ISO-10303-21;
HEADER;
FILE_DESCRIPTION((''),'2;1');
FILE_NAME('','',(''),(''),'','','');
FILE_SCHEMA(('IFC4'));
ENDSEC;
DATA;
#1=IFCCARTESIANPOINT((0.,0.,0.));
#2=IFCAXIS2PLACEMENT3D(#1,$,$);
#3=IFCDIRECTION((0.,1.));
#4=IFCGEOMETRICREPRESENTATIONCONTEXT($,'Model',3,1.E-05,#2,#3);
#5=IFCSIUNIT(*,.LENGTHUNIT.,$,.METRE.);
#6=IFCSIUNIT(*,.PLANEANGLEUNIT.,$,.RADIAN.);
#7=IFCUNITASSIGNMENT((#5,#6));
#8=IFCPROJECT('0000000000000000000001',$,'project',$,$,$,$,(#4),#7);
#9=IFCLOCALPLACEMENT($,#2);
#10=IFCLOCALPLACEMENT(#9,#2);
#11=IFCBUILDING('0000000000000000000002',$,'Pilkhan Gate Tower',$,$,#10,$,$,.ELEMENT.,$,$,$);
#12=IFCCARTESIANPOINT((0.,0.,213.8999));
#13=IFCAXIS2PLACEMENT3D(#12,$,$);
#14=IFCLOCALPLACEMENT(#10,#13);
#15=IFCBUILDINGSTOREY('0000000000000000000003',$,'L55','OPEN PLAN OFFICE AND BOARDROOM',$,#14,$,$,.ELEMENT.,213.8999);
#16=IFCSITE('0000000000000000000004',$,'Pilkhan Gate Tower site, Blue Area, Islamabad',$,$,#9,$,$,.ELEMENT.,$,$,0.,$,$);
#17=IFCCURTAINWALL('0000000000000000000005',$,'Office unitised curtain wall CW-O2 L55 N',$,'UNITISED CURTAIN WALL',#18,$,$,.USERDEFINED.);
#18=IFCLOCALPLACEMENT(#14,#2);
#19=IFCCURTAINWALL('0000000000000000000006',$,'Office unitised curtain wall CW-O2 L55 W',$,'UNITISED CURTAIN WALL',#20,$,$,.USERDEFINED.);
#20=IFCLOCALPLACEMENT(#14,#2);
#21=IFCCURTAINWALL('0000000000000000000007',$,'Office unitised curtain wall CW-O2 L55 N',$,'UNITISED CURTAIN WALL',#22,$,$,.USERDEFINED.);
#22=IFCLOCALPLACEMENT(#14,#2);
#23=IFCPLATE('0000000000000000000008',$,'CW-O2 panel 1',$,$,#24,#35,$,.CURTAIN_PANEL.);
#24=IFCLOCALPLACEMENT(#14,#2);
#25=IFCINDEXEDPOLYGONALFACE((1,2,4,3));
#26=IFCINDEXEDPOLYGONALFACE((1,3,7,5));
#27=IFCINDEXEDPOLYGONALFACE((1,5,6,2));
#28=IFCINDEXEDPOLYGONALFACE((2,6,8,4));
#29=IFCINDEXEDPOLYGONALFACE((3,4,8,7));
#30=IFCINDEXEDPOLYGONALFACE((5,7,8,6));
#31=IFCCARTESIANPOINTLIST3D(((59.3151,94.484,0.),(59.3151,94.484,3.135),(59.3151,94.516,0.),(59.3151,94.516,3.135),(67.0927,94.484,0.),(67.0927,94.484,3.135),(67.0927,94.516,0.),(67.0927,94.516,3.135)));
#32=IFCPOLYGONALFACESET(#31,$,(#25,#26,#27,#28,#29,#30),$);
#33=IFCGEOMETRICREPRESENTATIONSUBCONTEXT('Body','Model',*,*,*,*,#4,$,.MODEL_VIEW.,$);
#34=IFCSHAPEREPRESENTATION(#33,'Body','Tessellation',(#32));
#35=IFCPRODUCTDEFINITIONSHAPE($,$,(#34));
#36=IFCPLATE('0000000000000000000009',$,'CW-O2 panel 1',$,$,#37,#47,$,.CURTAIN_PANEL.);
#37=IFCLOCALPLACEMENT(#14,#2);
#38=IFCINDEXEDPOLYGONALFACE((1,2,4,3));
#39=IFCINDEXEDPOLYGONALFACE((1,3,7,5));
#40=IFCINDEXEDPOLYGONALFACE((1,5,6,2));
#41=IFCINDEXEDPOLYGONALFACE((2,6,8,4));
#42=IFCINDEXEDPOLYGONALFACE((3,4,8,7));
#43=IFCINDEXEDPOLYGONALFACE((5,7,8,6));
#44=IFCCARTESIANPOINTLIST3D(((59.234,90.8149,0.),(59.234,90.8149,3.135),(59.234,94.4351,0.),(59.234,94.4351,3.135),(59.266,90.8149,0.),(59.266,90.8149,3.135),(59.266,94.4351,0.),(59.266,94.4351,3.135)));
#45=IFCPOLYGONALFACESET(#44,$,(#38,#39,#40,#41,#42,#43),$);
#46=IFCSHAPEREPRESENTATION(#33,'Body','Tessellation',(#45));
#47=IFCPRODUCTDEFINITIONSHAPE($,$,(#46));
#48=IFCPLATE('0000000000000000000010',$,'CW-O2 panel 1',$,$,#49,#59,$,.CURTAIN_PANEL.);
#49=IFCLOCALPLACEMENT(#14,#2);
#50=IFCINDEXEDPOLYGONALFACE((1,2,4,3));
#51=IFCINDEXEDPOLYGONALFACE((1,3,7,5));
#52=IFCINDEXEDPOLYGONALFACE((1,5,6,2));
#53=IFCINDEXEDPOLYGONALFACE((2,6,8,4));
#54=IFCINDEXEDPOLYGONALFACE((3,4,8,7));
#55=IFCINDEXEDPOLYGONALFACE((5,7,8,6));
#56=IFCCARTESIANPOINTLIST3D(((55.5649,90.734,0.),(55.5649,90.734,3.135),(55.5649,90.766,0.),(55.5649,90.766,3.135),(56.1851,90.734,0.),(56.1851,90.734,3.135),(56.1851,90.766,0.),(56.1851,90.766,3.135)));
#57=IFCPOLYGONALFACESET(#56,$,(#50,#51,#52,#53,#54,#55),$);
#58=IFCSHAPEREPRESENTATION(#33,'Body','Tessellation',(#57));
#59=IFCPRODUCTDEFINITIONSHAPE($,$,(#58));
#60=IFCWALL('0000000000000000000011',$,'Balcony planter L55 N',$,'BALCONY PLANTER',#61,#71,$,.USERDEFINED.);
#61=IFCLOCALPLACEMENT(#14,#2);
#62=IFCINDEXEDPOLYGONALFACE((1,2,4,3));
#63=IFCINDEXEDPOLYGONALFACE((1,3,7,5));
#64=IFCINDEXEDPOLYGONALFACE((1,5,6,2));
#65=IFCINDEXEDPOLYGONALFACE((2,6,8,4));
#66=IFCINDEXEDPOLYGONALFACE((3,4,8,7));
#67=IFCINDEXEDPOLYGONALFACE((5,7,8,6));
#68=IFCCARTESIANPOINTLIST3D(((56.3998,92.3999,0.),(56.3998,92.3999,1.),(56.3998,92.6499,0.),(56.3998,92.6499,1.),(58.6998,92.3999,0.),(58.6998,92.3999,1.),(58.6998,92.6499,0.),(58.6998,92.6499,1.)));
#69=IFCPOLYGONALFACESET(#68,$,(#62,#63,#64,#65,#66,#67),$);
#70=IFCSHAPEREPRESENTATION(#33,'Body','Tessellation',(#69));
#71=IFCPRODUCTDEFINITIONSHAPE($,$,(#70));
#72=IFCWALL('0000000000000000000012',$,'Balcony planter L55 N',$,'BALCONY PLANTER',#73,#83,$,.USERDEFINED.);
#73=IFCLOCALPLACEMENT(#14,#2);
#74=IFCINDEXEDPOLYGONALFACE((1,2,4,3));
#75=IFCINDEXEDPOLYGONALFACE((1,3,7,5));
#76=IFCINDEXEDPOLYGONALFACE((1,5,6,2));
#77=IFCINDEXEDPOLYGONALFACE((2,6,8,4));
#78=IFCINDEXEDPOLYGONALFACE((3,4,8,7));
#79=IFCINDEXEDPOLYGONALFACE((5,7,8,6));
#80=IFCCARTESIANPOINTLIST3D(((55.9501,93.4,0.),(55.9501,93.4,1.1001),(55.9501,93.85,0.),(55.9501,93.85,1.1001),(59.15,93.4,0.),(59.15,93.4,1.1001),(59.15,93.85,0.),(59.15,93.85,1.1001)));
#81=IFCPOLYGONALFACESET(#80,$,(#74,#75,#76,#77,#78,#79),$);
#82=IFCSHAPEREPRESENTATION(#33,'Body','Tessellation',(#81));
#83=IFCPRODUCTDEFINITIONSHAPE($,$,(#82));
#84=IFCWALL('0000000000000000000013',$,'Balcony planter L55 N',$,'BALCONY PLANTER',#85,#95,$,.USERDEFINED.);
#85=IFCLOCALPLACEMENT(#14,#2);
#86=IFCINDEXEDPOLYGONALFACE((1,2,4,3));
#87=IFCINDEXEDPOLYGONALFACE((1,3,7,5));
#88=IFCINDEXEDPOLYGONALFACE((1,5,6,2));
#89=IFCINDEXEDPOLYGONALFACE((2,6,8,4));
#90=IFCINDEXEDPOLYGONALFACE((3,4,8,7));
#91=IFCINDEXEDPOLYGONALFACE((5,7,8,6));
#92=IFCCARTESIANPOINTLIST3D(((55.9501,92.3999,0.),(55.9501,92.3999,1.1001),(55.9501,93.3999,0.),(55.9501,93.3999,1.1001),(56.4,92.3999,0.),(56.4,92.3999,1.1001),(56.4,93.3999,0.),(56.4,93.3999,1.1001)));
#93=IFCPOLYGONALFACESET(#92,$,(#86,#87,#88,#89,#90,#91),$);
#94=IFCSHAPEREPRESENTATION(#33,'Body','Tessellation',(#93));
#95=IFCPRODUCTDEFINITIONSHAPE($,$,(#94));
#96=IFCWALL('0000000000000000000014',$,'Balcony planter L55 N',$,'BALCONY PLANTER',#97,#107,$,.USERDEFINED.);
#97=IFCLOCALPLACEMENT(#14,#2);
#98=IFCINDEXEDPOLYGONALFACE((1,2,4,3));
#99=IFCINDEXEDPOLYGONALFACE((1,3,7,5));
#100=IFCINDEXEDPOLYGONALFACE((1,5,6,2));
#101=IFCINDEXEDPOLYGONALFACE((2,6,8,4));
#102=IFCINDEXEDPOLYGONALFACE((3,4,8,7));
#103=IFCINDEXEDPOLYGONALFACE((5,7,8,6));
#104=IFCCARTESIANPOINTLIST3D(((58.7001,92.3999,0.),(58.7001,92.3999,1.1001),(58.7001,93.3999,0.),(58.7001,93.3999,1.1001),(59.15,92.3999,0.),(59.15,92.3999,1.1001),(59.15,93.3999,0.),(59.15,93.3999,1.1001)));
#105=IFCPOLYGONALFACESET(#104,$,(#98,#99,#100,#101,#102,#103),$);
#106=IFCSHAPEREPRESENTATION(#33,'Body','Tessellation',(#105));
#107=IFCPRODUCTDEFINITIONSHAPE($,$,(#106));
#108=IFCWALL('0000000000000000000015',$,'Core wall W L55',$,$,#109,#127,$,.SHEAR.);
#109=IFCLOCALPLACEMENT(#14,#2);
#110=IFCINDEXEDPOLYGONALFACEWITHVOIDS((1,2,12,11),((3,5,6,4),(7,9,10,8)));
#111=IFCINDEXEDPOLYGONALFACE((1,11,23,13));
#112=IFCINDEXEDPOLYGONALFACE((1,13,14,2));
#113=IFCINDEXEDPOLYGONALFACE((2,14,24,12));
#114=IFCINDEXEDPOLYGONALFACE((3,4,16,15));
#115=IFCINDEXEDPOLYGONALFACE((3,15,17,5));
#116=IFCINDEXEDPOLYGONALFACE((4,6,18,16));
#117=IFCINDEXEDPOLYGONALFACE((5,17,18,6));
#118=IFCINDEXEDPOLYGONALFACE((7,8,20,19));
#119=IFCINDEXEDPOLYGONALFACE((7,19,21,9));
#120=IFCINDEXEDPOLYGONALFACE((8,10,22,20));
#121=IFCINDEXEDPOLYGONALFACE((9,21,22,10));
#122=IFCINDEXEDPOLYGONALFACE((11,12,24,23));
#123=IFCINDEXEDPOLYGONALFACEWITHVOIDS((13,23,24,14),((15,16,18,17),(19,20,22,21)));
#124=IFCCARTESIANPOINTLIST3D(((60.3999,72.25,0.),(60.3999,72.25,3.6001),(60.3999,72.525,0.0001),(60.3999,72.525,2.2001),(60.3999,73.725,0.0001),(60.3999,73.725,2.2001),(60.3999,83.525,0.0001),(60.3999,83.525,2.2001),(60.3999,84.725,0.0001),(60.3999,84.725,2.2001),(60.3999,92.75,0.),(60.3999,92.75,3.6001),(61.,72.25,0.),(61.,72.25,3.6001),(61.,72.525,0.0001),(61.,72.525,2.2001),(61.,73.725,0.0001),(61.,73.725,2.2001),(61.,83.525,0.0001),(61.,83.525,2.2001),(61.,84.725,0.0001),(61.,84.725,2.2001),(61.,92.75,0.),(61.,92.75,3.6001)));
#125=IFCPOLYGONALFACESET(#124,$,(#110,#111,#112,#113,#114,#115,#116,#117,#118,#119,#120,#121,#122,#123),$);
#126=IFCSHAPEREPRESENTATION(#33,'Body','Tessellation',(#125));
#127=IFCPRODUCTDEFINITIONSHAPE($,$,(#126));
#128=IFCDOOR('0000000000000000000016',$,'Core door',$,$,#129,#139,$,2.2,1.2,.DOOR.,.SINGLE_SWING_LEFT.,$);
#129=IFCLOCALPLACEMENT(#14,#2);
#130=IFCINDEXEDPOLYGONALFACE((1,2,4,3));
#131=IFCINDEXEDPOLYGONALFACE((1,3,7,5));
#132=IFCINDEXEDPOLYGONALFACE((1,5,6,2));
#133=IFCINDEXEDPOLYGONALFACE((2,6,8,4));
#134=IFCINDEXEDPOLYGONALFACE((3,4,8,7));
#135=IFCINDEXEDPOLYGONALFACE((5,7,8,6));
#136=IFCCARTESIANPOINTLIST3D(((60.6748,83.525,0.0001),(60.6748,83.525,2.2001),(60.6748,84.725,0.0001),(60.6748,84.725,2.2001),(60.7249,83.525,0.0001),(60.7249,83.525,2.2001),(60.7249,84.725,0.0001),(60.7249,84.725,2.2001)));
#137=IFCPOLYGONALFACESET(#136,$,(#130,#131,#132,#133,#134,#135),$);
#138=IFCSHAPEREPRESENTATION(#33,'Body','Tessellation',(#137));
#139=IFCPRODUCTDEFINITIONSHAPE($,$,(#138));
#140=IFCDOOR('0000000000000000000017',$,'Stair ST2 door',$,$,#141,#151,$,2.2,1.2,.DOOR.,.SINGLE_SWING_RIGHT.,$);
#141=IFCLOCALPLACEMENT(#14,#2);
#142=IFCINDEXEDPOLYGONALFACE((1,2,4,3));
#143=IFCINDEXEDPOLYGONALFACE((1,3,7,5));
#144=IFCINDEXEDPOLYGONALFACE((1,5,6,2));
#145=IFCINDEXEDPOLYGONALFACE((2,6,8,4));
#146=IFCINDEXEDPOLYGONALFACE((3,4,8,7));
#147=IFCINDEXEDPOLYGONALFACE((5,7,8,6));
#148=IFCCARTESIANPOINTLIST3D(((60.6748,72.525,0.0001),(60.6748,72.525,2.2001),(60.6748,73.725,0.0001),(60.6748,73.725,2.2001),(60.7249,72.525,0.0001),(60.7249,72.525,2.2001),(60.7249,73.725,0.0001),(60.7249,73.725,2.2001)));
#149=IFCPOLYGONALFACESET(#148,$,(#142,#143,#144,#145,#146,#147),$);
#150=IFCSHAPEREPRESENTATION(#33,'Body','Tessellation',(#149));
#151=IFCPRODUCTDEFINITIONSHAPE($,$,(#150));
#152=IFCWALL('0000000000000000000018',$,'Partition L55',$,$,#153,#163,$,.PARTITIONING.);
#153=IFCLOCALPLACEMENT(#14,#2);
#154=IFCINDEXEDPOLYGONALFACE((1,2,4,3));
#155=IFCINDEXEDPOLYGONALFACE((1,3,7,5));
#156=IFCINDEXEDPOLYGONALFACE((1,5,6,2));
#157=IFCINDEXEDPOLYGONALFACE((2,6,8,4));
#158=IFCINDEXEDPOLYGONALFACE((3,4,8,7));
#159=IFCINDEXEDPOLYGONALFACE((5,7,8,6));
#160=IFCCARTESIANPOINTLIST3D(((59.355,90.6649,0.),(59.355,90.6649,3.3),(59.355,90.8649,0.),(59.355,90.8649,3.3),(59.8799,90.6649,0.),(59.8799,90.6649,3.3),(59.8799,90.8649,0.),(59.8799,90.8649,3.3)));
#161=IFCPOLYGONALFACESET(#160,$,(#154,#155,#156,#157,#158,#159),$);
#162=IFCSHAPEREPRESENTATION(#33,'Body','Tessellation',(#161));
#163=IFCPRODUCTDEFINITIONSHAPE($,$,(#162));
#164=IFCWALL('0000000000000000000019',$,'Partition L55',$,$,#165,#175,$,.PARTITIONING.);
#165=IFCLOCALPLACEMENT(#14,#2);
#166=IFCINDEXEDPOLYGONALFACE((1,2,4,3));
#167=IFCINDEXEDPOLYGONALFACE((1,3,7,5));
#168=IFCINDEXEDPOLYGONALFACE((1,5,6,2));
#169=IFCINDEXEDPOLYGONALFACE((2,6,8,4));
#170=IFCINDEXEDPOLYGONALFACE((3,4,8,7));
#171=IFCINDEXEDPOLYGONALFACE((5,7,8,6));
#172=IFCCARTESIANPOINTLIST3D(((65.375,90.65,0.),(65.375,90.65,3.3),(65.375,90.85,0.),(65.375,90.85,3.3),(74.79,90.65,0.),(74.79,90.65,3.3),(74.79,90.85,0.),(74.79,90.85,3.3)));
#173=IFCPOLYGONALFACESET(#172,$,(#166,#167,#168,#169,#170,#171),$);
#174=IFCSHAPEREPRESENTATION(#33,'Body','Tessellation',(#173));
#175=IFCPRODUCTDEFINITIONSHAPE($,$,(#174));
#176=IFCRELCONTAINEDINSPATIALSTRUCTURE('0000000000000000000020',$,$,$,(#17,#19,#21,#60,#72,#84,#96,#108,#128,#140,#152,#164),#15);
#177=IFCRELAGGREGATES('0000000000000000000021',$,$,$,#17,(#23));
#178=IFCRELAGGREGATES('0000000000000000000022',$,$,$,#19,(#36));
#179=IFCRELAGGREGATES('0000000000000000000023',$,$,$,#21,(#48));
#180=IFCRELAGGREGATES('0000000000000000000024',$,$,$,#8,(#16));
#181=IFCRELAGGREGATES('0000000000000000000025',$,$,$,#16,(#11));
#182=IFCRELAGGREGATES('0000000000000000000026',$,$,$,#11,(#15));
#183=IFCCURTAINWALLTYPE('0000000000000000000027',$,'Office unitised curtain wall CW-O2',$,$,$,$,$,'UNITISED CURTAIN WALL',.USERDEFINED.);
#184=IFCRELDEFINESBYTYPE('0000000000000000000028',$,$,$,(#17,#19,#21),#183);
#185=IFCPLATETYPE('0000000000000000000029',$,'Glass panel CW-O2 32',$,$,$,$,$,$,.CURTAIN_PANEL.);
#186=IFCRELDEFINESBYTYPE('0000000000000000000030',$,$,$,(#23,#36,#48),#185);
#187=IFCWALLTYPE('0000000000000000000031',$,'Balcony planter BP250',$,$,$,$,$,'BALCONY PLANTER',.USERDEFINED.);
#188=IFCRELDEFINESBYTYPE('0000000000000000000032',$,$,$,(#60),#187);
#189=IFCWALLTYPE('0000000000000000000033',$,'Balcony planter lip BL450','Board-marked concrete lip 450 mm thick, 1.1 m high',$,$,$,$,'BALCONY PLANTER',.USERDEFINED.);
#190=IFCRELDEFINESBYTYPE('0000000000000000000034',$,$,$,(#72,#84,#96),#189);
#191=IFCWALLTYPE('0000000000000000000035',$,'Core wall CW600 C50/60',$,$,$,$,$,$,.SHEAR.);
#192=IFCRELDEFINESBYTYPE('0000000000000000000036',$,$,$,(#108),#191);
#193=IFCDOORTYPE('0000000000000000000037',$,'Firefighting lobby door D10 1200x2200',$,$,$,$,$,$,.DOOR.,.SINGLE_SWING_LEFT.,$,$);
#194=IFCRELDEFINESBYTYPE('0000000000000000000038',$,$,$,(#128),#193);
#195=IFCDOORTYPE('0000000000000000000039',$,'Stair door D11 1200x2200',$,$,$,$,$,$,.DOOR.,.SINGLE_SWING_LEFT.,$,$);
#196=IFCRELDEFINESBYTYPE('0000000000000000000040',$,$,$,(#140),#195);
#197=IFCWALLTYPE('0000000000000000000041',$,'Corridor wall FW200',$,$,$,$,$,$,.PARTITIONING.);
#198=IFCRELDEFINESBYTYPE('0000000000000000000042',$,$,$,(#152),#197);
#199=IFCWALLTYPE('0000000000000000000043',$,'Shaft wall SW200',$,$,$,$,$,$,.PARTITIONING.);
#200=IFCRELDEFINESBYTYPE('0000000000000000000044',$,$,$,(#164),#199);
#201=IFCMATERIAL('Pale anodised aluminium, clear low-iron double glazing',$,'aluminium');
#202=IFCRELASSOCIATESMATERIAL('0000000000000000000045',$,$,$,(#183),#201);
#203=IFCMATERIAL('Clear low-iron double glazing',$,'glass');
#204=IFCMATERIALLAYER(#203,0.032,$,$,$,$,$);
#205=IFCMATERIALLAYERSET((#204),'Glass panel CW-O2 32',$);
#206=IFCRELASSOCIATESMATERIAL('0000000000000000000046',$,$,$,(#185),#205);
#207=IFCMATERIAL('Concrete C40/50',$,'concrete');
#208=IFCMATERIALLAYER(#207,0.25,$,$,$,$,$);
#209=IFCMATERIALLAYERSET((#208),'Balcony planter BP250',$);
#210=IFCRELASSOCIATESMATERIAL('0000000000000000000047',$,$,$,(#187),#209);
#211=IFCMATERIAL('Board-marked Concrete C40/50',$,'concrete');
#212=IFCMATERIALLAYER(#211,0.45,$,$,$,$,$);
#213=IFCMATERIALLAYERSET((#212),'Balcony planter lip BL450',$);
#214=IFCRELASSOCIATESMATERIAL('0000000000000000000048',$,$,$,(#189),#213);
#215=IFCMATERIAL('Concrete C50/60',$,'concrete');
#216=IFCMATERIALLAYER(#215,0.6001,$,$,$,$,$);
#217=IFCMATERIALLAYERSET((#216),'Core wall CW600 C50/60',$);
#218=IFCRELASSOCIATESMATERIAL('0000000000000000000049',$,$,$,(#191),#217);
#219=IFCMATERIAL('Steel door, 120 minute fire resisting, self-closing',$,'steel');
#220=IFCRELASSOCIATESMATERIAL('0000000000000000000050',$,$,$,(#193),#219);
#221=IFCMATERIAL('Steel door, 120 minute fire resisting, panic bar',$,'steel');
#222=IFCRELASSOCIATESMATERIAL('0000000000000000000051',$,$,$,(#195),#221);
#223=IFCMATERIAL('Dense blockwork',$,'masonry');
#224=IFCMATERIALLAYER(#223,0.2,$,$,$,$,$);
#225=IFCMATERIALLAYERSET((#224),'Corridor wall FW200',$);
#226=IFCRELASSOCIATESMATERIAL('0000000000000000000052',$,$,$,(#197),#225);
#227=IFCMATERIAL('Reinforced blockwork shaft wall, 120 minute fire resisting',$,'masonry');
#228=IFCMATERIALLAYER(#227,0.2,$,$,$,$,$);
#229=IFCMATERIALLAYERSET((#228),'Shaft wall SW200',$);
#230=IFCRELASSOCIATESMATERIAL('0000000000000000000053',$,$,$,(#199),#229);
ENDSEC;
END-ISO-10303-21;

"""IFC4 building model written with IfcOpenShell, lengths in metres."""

from ifc_helpers import new_model, si_unit, direction, frame, frame_2d, origin, origin_2d, place, context, subcontext, project, spatial, rectangle, extrude, material, layer, layer_set, type_object, element, fill, aggregate, save


model = new_model("IFC4")

# Units and contexts
model_context = context("Model", 3, precision=1e-05, world=origin(), true_north=direction((0.0, 1.0)))
body_context = subcontext(model_context, "Body", "Model", "MODEL_VIEW")
ifc_project = project(units=[si_unit("LENGTHUNIT", "METRE"), si_unit("PLANEANGLEUNIT", "RADIAN")], contexts=[model_context])

# Site, building, storey
site_placement = place(None, origin())
site = spatial("IfcSite", under=ifc_project, at=site_placement, Name="Pilkhan Gate Tower site, Blue Area, Islamabad", CompositionType="ELEMENT", RefElevation=0.0)
building_placement = place(site_placement, origin())
building = spatial("IfcBuilding", under=site, at=building_placement, Name="Pilkhan Gate Tower", CompositionType="ELEMENT")
storey_placement = place(building_placement, frame((0.0, 0.0, 213.8999)))
storey = spatial("IfcBuildingStorey", under=building, at=storey_placement, Name="L55", Description="OPEN PLAN OFFICE AND BOARDROOM", CompositionType="ELEMENT", Elevation=213.8999)

# Shared definitions
ifc_material_1 = material(Name="Concrete C50/60", Category="concrete")

# Curtain walls
ifc_material_2 = material(Name="Pale anodised aluminium, clear low-iron double glazing", Category="aluminium")
curtain_wall_type = type_object("IfcCurtainWallType", Name="Office unitised curtain wall CW-O2", ElementType="UNITISED CURTAIN WALL", PredefinedType="USERDEFINED", material=ifc_material_2)
curtain_wall_1_placement = place(storey_placement, origin())
curtain_wall_1 = element("IfcCurtainWall", 1, at=curtain_wall_1_placement, inside=storey, type_object=curtain_wall_type, Name="Office unitised curtain wall CW-O2 L55 N", ObjectType="UNITISED CURTAIN WALL", PredefinedType="USERDEFINED")
curtain_wall_2_placement = place(storey_placement, origin())
curtain_wall_2 = element("IfcCurtainWall", 2, at=curtain_wall_2_placement, inside=storey, type_object=curtain_wall_type, Name="Office unitised curtain wall CW-O2 L55 W", ObjectType="UNITISED CURTAIN WALL", PredefinedType="USERDEFINED")
curtain_wall_3_placement = place(storey_placement, origin())
curtain_wall_3 = element("IfcCurtainWall", 3, at=curtain_wall_3_placement, inside=storey, type_object=curtain_wall_type, Name="Office unitised curtain wall CW-O2 L55 N", ObjectType="UNITISED CURTAIN WALL", PredefinedType="USERDEFINED")

# Plates
ifc_material_3 = material(Name="Clear low-iron double glazing", Category="glass")
ifc_layer_1 = layer(ifc_material_3, 0.032)
ifc_layer_set_1 = layer_set([ifc_layer_1], Name="Glass panel CW-O2 32")
plate_type = type_object("IfcPlateType", Name="Glass panel CW-O2 32", PredefinedType="CURTAIN_PANEL", material=ifc_layer_set_1)
plate_1_placement = place(storey_placement, frame((63.2039, 94.5, 0.0), z_axis=(0.0, 0.0, 1.0), x_axis=(1.0, 0.0, 0.0)))
plate_1 = element("IfcPlate", 4, at=plate_1_placement, type_object=plate_type, Name="CW-O2 panel 1", PredefinedType="CURTAIN_PANEL", context=body_context, shape_type="SweptSolid", body=[
    extrude(rectangle(XDim=7.7776, YDim=0.032, at=origin_2d()), origin(), (0.0, 0.0, 1.0), 3.135),
])
aggregate(curtain_wall_1, [plate_1])
plate_2_placement = place(storey_placement, frame((59.25, 92.625, 0.0), z_axis=(0.0, 0.0, 1.0), x_axis=(0.0, 1.0, 0.0)))
plate_2 = element("IfcPlate", 5, at=plate_2_placement, type_object=plate_type, Name="CW-O2 panel 1", PredefinedType="CURTAIN_PANEL", context=body_context, shape_type="SweptSolid", body=[
    extrude(rectangle(XDim=3.6201, YDim=0.032, at=origin_2d()), origin(), (0.0, 0.0, 1.0), 3.135),
])
aggregate(curtain_wall_2, [plate_2])
plate_3_placement = place(storey_placement, frame((55.875, 90.75, 0.0), z_axis=(0.0, 0.0, 1.0), x_axis=(1.0, 0.0, 0.0)))
plate_3 = element("IfcPlate", 6, at=plate_3_placement, type_object=plate_type, Name="CW-O2 panel 1", PredefinedType="CURTAIN_PANEL", context=body_context, shape_type="SweptSolid", body=[
    extrude(rectangle(XDim=0.6201, YDim=0.032, at=origin_2d()), origin(), (0.0, 0.0, 1.0), 3.135),
])
aggregate(curtain_wall_3, [plate_3])

# Walls
ifc_material_4 = material(Name="Concrete C40/50", Category="concrete")
ifc_layer_2 = layer(ifc_material_4, 0.25)
ifc_layer_set_2 = layer_set([ifc_layer_2], Name="Balcony planter BP250")
wall_type_1 = type_object("IfcWallType", Name="Balcony planter BP250", ElementType="BALCONY PLANTER", PredefinedType="USERDEFINED", material=ifc_layer_set_2)
wall_1_placement = place(storey_placement, frame((56.3999, 92.5249, 0.0), z_axis=(0.0, 0.0, 1.0), x_axis=(1.0, 0.0, 0.0)))
element("IfcWall", 7, at=wall_1_placement, inside=storey, type_object=wall_type_1, Name="Balcony planter L55 N", ObjectType="BALCONY PLANTER", PredefinedType="USERDEFINED", context=body_context, shape_type="SweptSolid", body=[
    extrude(rectangle(XDim=2.3, YDim=0.25, at=frame_2d((1.1499, 0.0))), origin(), (0.0, 0.0, 1.0), 1.0),
])
ifc_material_5 = material(Name="Board-marked Concrete C40/50", Category="concrete")
ifc_layer_3 = layer(ifc_material_5, 0.45)
ifc_layer_set_3 = layer_set([ifc_layer_3], Name="Balcony planter lip BL450")
wall_type_2 = type_object("IfcWallType", Name="Balcony planter lip BL450", Description="Board-marked concrete lip 450 mm thick, 1.1 m high", ElementType="BALCONY PLANTER", PredefinedType="USERDEFINED", material=ifc_layer_set_3)
wall_2_placement = place(storey_placement, frame((55.95, 93.625, 0.0), z_axis=(0.0, 0.0, 1.0), x_axis=(1.0, 0.0, 0.0)))
element("IfcWall", 8, at=wall_2_placement, inside=storey, type_object=wall_type_2, Name="Balcony planter L55 N", ObjectType="BALCONY PLANTER", PredefinedType="USERDEFINED", context=body_context, shape_type="SweptSolid", body=[
    extrude(rectangle(XDim=3.2, YDim=0.45, at=frame_2d((1.6001, 0.0))), origin(), (0.0, 0.0, 1.0), 1.1001),
])
for number, where, z_axis, x_axis, name in (
    (9, (56.175, 92.3999, 0.0), (0.0, 0.0, 1.0), (0.0, 1.0, 0.0), "Balcony planter L55 N"),
    (10, (58.925, 92.3999, 0.0), (0.0, 0.0, 1.0), (0.0, 1.0, 0.0), "Balcony planter L55 N"),
):
    element("IfcWall", number, at=place(storey_placement, frame(where, z_axis=z_axis, x_axis=x_axis)), inside=storey, type_object=wall_type_2, Name=name, ObjectType="BALCONY PLANTER", PredefinedType="USERDEFINED", context=body_context, shape_type="SweptSolid", body=[
        extrude(rectangle(XDim=1.0, YDim=0.45, at=frame_2d((0.5, 0.0))), origin(), (0.0, 0.0, 1.0), 1.1001),
    ])

# Wall, openings, doors
ifc_layer_4 = layer(ifc_material_1, 0.6001)
ifc_layer_set_4 = layer_set([ifc_layer_4], Name="Core wall CW600 C50/60")
wall_type_3 = type_object("IfcWallType", Name="Core wall CW600 C50/60", PredefinedType="SHEAR", material=ifc_layer_set_4)
wall_3_placement = place(storey_placement, frame((60.7, 92.75, 0.0), z_axis=(0.0, 0.0, 1.0), x_axis=(0.0, -1.0, 0.0)))
wall_3 = element("IfcWall", 11, at=wall_3_placement, inside=storey, type_object=wall_type_3, Name="Core wall W L55", PredefinedType="SHEAR", context=body_context, shape_type="SweptSolid", body=[
    extrude(rectangle(XDim=20.5, YDim=0.6001, at=frame_2d((10.25, 0.0))), origin(), (0.0, 0.0, 1.0), 3.6001),
])
opening_1_placement = place(wall_3_placement, frame((19.0249, 0.0, 0.0)))
opening_1 = element("IfcOpeningElement", 12, at=opening_1_placement, cuts=wall_3, PredefinedType="OPENING", context=body_context, shape_type="SweptSolid", body=[
    extrude(rectangle(XDim=1.2, YDim=2.2, at=frame_2d((0.6001, 1.1001))), frame((0.0, 0.3101, 0.0), z_axis=(0.0, -1.0, 0.0), x_axis=(1.0, 0.0, 0.0)), (0.0, 0.0, 1.0), 0.6201),
])
opening_2_placement = place(wall_3_placement, frame((8.0249, 0.0, 0.0)))
opening_2 = element("IfcOpeningElement", 13, at=opening_2_placement, cuts=wall_3, PredefinedType="OPENING", context=body_context, shape_type="SweptSolid", body=[
    extrude(rectangle(XDim=1.2, YDim=2.2, at=frame_2d((0.6001, 1.1001))), frame((0.0, 0.3101, 0.0), z_axis=(0.0, -1.0, 0.0), x_axis=(1.0, 0.0, 0.0)), (0.0, 0.0, 1.0), 0.6201),
])
ifc_material_6 = material(Name="Steel door, 120 minute fire resisting, self-closing", Category="steel")
door_type_1 = type_object("IfcDoorType", Name="Firefighting lobby door D10 1200x2200", OperationType="SINGLE_SWING_LEFT", PredefinedType="DOOR", material=ifc_material_6)
door_1_placement = place(opening_2_placement, origin())
door_1 = element("IfcDoor", 14, at=door_1_placement, inside=storey, type_object=door_type_1, Name="Core door", OperationType="SINGLE_SWING_LEFT", OverallHeight=2.2, OverallWidth=1.2, PredefinedType="DOOR", context=body_context, shape_type="SweptSolid", body=[
    extrude(rectangle(XDim=1.2, YDim=2.2, at=frame_2d((0.6001, 1.1001))), frame((0.0, 0.0249, 0.0), z_axis=(0.0, -1.0, 0.0), x_axis=(1.0, 0.0, 0.0)), (0.0, 0.0, 1.0), 0.05),
])
fill(opening_2, door_1)
ifc_material_7 = material(Name="Steel door, 120 minute fire resisting, panic bar", Category="steel")
door_type_2 = type_object("IfcDoorType", Name="Stair door D11 1200x2200", OperationType="SINGLE_SWING_LEFT", PredefinedType="DOOR", material=ifc_material_7)
door_2_placement = place(opening_1_placement, origin())
door_2 = element("IfcDoor", 15, at=door_2_placement, inside=storey, type_object=door_type_2, Name="Stair ST2 door", OperationType="SINGLE_SWING_RIGHT", OverallHeight=2.2, OverallWidth=1.2, PredefinedType="DOOR", context=body_context, shape_type="SweptSolid", body=[
    extrude(rectangle(XDim=1.2, YDim=2.2, at=frame_2d((0.6001, 1.1001))), frame((0.0, 0.0249, 0.0), z_axis=(0.0, -1.0, 0.0), x_axis=(1.0, 0.0, 0.0)), (0.0, 0.0, 1.0), 0.05),
])
fill(opening_1, door_2)

# Wall
ifc_material_8 = material(Name="Dense blockwork", Category="masonry")
ifc_layer_5 = layer(ifc_material_8, 0.2)
ifc_layer_set_5 = layer_set([ifc_layer_5], Name="Corridor wall FW200")
wall_type_4 = type_object("IfcWallType", Name="Corridor wall FW200", PredefinedType="PARTITIONING", material=ifc_layer_set_5)
wall_4_placement = place(storey_placement, frame((59.355, 90.7649, 0.0), z_axis=(0.0, 0.0, 1.0), x_axis=(1.0, 0.0, 0.0)))
element("IfcWall", 16, at=wall_4_placement, inside=storey, type_object=wall_type_4, Name="Partition L55", PredefinedType="PARTITIONING", context=body_context, shape_type="SweptSolid", body=[
    extrude(rectangle(XDim=0.5249, YDim=0.2, at=frame_2d((0.2625, 0.0))), origin(), (0.0, 0.0, 1.0), 3.3),
])

# Wall
ifc_material_9 = material(Name="Reinforced blockwork shaft wall, 120 minute fire resisting", Category="masonry")
ifc_layer_6 = layer(ifc_material_9, 0.2)
ifc_layer_set_6 = layer_set([ifc_layer_6], Name="Shaft wall SW200")
wall_type_5 = type_object("IfcWallType", Name="Shaft wall SW200", PredefinedType="PARTITIONING", material=ifc_layer_set_6)
wall_5_placement = place(storey_placement, frame((65.375, 90.75, 0.0), z_axis=(0.0, 0.0, 1.0), x_axis=(1.0, 0.0, 0.0)))
element("IfcWall", 17, at=wall_5_placement, inside=storey, type_object=wall_type_5, Name="Partition L55", PredefinedType="PARTITIONING", context=body_context, shape_type="SweptSolid", body=[
    extrude(rectangle(XDim=9.415, YDim=0.2, at=frame_2d((4.7075, 0.0))), origin(), (0.0, 0.0, 1.0), 3.3),
])

save(model, "model.ifc")
